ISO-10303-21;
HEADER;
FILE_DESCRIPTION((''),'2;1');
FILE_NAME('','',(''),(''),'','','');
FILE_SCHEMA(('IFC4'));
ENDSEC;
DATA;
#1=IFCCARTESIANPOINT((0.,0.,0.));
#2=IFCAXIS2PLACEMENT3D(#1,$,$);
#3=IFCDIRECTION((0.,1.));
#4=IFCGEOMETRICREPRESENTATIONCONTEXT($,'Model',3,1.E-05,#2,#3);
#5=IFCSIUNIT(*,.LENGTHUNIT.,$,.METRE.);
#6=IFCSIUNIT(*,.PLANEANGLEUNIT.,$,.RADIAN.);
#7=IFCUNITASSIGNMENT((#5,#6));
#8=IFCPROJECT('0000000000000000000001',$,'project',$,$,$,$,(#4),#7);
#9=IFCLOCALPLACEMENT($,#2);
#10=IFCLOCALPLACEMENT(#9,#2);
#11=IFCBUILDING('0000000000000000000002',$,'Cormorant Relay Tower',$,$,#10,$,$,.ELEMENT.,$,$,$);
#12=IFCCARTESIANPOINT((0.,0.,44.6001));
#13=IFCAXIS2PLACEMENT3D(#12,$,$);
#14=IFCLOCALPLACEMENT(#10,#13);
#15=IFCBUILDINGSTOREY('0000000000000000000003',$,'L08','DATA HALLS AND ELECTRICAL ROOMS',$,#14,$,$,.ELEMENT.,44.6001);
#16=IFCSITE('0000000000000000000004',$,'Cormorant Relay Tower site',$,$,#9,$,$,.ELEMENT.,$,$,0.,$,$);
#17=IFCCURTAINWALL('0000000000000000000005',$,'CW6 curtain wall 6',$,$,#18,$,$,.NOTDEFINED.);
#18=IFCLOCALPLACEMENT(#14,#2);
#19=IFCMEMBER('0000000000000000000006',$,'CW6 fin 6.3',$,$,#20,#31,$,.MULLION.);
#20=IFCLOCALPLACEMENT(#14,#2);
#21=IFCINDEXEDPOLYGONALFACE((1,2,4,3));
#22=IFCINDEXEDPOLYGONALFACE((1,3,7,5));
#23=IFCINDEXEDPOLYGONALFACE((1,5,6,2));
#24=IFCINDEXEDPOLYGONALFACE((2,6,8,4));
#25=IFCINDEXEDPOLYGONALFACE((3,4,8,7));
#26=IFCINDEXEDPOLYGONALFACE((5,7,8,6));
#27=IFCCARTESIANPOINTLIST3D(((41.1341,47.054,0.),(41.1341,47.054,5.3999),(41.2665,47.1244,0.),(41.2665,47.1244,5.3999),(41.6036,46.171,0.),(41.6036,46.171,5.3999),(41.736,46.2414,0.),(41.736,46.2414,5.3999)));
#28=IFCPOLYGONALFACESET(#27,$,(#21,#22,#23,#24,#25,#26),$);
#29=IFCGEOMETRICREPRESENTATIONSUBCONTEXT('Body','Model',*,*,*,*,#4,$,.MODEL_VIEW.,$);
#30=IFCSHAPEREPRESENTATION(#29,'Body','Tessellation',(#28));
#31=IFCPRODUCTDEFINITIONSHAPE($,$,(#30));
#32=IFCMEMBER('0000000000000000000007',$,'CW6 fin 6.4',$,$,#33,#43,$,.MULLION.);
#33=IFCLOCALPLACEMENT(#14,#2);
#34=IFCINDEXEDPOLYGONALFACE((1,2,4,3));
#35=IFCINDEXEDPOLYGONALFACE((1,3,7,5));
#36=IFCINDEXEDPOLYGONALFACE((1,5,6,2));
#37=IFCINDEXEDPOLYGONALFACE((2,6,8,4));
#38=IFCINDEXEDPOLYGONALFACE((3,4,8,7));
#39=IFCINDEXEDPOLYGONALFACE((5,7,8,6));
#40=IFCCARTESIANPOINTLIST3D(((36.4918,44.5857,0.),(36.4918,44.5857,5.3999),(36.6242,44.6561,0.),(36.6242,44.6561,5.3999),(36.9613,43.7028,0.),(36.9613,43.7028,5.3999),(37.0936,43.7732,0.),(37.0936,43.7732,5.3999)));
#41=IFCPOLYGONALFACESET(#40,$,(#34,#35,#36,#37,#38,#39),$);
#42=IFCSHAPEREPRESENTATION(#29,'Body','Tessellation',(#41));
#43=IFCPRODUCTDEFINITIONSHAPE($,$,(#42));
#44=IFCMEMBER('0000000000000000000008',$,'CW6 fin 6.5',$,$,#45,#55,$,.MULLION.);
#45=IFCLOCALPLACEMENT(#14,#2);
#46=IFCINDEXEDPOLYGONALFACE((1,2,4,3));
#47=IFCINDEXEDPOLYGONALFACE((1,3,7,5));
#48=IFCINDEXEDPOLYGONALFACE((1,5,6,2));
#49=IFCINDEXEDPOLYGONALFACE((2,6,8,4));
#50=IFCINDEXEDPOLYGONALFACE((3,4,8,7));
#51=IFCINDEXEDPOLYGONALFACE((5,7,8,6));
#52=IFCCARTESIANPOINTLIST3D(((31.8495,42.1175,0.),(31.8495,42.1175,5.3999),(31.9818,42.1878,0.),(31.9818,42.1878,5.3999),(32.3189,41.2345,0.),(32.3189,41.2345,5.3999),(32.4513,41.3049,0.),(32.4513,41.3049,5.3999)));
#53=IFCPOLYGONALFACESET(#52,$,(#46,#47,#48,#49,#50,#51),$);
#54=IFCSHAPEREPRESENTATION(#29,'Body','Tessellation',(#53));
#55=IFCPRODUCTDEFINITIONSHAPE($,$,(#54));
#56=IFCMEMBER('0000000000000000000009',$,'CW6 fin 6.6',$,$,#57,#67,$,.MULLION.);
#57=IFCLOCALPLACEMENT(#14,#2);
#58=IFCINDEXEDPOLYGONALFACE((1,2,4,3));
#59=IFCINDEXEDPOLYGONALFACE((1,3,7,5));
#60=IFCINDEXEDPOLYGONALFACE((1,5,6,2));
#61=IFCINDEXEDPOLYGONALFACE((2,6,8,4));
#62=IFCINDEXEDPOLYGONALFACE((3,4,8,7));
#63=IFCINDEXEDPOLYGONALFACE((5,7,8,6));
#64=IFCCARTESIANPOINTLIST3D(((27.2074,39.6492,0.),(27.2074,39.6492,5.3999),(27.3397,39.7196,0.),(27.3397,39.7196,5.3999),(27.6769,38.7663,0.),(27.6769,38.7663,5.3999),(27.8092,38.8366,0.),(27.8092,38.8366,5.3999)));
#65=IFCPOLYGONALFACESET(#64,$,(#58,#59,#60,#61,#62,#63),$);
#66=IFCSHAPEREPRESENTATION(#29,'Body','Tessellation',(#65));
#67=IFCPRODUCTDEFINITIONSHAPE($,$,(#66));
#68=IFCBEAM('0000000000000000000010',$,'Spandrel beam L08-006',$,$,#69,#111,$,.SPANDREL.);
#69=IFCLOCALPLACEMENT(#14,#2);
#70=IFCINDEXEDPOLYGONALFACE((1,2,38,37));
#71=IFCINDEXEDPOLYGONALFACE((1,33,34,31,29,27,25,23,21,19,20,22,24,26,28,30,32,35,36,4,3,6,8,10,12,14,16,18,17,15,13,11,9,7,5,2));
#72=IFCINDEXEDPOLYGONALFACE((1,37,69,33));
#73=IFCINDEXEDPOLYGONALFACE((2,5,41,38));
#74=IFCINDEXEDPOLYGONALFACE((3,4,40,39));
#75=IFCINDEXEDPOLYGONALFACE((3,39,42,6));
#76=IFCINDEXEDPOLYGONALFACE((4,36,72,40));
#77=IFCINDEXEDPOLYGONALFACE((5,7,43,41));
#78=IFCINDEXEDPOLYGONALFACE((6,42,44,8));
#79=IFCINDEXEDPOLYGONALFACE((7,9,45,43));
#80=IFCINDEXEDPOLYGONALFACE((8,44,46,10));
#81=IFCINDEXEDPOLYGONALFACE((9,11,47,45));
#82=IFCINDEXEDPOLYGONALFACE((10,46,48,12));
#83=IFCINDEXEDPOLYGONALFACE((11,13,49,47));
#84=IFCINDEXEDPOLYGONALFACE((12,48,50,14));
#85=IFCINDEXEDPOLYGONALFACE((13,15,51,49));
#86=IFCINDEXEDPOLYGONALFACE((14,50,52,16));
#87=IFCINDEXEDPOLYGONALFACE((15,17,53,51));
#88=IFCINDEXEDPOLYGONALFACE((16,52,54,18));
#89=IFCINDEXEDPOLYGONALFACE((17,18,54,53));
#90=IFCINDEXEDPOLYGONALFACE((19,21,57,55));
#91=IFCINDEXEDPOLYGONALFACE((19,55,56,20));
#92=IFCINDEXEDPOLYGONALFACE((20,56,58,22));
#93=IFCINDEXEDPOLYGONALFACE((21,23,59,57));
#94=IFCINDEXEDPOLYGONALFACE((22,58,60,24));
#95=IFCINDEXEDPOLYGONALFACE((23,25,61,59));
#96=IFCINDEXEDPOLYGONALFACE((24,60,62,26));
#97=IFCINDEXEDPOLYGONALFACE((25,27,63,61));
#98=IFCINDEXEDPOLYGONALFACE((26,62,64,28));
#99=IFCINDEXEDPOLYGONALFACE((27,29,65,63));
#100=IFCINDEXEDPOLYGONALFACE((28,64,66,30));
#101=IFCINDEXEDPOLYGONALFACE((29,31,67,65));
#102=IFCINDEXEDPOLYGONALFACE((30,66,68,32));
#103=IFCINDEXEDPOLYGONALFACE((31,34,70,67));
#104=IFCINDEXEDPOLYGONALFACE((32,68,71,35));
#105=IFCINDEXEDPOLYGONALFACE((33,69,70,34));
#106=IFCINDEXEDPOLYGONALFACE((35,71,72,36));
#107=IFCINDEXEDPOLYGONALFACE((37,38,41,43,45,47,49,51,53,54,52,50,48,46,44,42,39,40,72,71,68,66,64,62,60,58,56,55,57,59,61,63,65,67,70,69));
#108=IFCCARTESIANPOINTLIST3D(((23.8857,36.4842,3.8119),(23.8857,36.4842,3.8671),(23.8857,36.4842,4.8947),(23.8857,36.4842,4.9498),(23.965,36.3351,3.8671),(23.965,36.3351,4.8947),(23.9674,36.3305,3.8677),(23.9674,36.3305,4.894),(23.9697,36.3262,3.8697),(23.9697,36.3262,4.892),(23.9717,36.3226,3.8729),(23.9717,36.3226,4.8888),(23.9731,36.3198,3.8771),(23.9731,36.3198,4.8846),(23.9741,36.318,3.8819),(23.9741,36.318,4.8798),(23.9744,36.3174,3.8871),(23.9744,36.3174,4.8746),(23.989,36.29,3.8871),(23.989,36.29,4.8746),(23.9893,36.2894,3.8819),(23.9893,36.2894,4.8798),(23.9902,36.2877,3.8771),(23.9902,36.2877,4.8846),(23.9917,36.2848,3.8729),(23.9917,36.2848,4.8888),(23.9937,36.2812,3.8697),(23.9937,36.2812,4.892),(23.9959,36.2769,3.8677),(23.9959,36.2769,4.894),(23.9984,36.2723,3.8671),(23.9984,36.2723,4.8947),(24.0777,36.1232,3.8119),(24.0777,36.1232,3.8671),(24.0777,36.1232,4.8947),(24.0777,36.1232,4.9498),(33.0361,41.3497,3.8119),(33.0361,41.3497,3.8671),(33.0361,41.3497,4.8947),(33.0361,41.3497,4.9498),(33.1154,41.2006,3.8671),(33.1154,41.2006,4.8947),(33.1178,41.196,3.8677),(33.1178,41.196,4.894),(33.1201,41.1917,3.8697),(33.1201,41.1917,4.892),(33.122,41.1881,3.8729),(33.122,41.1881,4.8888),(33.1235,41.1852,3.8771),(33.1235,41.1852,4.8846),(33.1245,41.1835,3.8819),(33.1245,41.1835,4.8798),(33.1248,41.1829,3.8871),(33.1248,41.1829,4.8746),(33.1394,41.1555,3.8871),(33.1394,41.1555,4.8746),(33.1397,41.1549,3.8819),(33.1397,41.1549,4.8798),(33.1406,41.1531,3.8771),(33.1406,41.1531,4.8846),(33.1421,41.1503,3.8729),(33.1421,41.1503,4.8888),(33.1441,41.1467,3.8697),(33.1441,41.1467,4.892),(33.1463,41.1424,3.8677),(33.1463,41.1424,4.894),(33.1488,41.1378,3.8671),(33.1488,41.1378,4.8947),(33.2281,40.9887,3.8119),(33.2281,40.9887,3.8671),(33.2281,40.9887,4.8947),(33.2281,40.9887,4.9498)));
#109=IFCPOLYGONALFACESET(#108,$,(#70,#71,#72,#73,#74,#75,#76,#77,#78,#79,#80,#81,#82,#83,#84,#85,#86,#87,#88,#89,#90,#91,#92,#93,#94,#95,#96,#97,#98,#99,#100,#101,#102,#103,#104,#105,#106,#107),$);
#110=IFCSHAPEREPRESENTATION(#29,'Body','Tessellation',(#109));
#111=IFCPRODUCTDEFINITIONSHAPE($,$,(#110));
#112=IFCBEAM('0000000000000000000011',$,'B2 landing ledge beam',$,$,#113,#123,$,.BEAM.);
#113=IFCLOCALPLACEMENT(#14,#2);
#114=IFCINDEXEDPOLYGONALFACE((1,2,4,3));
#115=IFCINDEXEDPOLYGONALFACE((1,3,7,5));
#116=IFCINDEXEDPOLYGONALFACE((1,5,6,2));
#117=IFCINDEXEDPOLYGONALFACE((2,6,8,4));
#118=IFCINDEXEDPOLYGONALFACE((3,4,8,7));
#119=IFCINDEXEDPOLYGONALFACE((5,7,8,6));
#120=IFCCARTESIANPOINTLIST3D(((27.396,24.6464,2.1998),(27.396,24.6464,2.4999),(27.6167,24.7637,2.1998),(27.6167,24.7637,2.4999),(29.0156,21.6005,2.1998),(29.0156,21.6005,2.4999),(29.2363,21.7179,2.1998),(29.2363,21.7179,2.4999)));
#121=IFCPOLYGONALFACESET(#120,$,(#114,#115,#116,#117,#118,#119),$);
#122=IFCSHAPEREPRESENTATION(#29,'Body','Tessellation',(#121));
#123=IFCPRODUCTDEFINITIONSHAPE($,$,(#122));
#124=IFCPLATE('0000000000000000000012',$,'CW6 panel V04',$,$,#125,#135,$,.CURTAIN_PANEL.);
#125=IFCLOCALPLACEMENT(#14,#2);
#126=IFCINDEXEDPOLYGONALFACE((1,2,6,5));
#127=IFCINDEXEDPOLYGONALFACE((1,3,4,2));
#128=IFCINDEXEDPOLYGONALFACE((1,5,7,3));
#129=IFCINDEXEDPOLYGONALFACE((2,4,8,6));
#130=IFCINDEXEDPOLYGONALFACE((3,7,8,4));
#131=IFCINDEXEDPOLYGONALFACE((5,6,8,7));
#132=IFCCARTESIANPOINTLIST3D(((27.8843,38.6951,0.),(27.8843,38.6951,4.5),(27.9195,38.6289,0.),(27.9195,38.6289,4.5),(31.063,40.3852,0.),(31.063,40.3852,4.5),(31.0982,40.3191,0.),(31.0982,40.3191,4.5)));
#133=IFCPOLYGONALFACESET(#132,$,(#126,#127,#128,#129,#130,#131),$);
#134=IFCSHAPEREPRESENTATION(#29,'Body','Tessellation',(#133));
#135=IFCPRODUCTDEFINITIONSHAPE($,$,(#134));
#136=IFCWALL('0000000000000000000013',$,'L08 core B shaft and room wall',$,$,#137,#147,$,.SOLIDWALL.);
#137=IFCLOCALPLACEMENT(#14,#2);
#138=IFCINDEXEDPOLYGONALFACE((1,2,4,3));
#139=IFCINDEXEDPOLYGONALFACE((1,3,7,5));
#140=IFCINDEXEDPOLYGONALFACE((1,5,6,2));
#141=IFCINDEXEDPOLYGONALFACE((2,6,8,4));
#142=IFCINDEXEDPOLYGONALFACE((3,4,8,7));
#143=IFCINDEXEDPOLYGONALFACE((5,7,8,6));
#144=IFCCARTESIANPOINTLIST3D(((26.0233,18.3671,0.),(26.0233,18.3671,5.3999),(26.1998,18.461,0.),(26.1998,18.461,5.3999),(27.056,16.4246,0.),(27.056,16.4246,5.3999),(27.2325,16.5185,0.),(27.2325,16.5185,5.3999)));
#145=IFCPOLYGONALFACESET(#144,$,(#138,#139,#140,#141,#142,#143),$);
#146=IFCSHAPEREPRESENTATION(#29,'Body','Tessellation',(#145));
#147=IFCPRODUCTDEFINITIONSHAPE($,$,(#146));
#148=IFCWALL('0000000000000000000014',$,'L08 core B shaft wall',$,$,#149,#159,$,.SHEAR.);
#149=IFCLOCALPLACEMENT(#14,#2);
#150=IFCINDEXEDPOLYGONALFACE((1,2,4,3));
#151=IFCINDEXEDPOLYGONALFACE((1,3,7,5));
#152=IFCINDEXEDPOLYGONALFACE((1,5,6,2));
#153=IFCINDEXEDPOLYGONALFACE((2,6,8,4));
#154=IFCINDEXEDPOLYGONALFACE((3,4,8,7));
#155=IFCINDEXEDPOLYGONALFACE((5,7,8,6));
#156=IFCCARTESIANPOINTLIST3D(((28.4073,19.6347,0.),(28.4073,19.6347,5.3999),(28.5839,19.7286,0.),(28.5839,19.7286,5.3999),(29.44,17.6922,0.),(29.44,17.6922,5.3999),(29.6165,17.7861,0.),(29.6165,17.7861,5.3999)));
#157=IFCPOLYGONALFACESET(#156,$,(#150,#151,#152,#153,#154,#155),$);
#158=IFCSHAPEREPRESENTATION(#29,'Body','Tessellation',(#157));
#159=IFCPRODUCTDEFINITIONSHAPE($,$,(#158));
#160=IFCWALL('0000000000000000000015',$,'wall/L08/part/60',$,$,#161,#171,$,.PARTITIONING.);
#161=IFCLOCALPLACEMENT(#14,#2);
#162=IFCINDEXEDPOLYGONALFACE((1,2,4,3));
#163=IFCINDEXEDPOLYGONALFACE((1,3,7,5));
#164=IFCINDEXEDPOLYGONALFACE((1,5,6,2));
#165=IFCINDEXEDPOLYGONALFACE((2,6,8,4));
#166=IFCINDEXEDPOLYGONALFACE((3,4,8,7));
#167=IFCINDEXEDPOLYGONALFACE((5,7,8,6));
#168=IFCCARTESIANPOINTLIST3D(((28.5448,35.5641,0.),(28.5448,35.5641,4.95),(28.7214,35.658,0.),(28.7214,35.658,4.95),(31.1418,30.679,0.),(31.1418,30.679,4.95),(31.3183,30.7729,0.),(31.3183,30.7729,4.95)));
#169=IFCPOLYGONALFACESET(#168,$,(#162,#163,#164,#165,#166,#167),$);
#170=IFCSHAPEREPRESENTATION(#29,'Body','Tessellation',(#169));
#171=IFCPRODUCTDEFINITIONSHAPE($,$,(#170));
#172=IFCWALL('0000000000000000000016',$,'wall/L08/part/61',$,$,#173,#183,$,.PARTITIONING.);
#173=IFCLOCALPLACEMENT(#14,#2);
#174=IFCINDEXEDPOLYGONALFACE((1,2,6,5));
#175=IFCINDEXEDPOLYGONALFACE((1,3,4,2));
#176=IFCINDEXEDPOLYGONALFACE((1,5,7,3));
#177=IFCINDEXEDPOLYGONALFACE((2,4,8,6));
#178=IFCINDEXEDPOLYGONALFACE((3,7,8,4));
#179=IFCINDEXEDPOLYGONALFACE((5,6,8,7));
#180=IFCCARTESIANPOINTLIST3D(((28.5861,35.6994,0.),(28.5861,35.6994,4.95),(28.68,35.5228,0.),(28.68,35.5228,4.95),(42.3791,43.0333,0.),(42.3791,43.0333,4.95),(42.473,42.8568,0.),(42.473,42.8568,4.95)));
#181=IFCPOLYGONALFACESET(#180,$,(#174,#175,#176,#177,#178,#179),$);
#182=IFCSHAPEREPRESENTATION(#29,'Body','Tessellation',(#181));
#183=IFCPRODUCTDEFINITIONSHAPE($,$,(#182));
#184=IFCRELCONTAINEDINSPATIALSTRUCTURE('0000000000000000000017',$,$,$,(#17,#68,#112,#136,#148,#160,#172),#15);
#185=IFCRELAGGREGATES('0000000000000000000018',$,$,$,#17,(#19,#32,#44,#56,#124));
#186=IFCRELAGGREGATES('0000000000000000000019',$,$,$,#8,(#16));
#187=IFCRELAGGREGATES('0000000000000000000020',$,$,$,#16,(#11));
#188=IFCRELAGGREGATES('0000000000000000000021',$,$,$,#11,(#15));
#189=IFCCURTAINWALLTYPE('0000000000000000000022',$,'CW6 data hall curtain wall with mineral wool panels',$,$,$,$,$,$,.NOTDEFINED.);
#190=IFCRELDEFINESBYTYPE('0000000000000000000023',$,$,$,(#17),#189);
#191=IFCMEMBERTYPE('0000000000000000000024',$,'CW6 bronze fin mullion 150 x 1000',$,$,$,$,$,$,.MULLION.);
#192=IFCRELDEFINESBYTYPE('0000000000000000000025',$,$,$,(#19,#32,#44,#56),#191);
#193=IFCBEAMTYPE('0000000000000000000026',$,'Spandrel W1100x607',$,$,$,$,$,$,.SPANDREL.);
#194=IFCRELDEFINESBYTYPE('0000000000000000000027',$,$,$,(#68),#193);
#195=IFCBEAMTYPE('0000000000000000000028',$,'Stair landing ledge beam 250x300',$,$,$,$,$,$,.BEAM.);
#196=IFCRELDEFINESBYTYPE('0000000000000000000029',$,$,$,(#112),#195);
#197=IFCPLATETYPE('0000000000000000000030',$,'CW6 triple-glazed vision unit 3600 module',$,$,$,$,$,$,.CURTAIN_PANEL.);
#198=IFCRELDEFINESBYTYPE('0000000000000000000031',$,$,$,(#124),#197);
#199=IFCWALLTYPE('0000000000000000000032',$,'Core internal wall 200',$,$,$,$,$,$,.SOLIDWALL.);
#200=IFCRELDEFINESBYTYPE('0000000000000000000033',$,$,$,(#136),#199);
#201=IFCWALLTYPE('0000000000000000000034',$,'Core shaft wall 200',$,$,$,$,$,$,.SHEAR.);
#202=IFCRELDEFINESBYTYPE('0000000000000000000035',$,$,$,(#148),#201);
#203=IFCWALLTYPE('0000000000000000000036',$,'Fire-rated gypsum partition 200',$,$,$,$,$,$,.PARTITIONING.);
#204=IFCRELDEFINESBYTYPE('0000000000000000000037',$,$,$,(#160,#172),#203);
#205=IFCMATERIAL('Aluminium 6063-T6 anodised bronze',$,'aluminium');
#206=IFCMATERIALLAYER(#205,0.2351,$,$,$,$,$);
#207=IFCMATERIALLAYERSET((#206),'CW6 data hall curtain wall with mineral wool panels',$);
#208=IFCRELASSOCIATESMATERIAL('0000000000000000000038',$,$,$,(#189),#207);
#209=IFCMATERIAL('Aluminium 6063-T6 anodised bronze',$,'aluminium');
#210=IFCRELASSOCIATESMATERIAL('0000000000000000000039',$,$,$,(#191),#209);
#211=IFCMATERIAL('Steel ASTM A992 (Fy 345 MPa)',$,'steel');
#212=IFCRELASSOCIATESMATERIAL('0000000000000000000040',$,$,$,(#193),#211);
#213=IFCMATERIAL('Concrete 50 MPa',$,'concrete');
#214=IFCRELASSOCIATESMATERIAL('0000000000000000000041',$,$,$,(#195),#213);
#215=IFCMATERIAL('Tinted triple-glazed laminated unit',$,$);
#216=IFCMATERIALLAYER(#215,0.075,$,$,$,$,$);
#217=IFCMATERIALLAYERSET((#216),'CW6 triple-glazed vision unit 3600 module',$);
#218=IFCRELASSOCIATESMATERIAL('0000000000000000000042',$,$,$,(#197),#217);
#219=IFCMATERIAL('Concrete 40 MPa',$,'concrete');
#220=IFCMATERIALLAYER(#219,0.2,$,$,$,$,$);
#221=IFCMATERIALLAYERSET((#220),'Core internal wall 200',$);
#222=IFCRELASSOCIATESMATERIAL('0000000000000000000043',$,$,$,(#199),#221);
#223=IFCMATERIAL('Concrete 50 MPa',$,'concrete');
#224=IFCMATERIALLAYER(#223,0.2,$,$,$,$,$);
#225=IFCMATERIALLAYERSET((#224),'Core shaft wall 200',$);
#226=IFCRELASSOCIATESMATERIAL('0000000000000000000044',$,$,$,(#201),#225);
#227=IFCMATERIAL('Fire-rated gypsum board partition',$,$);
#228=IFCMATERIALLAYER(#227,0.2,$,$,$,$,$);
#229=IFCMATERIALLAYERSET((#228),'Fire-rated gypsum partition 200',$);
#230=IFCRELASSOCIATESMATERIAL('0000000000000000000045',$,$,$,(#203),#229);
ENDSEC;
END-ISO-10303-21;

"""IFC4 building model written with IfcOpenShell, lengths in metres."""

from ifc_helpers import new_model, si_unit, direction, frame, frame_2d, origin, origin_2d, place, context, subcontext, project, spatial, rectangle, i_section, extrude, material, layer, layer_set, material_profile, profile_set, type_object, element, aggregate, save


model = new_model("IFC4")

# Units and contexts
model_context = context("Model", 3, precision=1e-05, world=origin(), true_north=direction((0.0, 1.0)))
body_context = subcontext(model_context, "Body", "Model", "MODEL_VIEW")
ifc_project = project(units=[si_unit("LENGTHUNIT", "METRE"), si_unit("PLANEANGLEUNIT", "RADIAN")], contexts=[model_context])

# Site, building, storey
site_placement = place(None, origin())
site = spatial("IfcSite", under=ifc_project, at=site_placement, Name="Cormorant Relay Tower site", CompositionType="ELEMENT", RefElevation=0.0)
building_placement = place(site_placement, origin())
building = spatial("IfcBuilding", under=site, at=building_placement, Name="Cormorant Relay Tower", CompositionType="ELEMENT")
storey_placement = place(building_placement, frame((0.0, 0.0, 44.6001)))
storey = spatial("IfcBuildingStorey", under=building, at=storey_placement, Name="L08", Description="DATA HALLS AND ELECTRICAL ROOMS", CompositionType="ELEMENT", Elevation=44.6001)

# Curtain wall, members
ifc_material_1 = material(Name="Aluminium 6063-T6 anodised bronze", Category="aluminium")
ifc_layer_1 = layer(ifc_material_1, 0.2351)
ifc_layer_set_1 = layer_set([ifc_layer_1], Name="CW6 data hall curtain wall with mineral wool panels")
curtain_wall_type = type_object("IfcCurtainWallType", Name="CW6 data hall curtain wall with mineral wool panels", PredefinedType="NOTDEFINED", material=ifc_layer_set_1)
curtain_wall_placement = place(storey_placement, origin())
curtain_wall = element("IfcCurtainWall", 1, at=curtain_wall_placement, inside=storey, type_object=curtain_wall_type, Name="CW6 curtain wall 6", PredefinedType="NOTDEFINED")
ifc_material_2 = material(Name="Aluminium 6063-T6 anodised bronze", Category="aluminium")
ifc_material_profile_1 = material_profile(ifc_material_2, rectangle(XDim=0.1499, YDim=1.0, at=origin_2d()), Name="AL 150x1000")
ifc_profile_set_1 = profile_set([ifc_material_profile_1], Name="Aluminium 6063-T6 anodised bronze")
member_type = type_object("IfcMemberType", Name="CW6 bronze fin mullion 150 x 1000", PredefinedType="MULLION", material=ifc_profile_set_1)
member_1_placement = place(storey_placement, frame((41.4351, 46.6477, 0.0), z_axis=(0.0, 0.0, 1.0), x_axis=(-0.882948, -0.469472, 0.0)))
member_1 = element("IfcMember", 2, at=member_1_placement, type_object=member_type, Name="CW6 fin 6.3", PredefinedType="MULLION", context=body_context, shape_type="SweptSolid", body=[
    extrude(rectangle(XDim=0.1499, YDim=1.0, at=origin_2d()), origin(), (0.0, 0.0, 1.0), 5.3999),
])
member_2_placement = place(storey_placement, frame((36.7927, 44.1794, 0.0), z_axis=(0.0, 0.0, 1.0), x_axis=(-0.882948, -0.469472, 0.0)))
member_2 = element("IfcMember", 3, at=member_2_placement, type_object=member_type, Name="CW6 fin 6.4", PredefinedType="MULLION", context=body_context, shape_type="SweptSolid", body=[
    extrude(rectangle(XDim=0.1499, YDim=1.0, at=origin_2d()), origin(), (0.0, 0.0, 1.0), 5.3999),
])
member_3_placement = place(storey_placement, frame((32.1504, 41.7112, 0.0), z_axis=(0.0, 0.0, 1.0), x_axis=(-0.882948, -0.469472, 0.0)))
member_3 = element("IfcMember", 4, at=member_3_placement, type_object=member_type, Name="CW6 fin 6.5", PredefinedType="MULLION", context=body_context, shape_type="SweptSolid", body=[
    extrude(rectangle(XDim=0.1499, YDim=1.0, at=origin_2d()), origin(), (0.0, 0.0, 1.0), 5.3999),
])
member_4_placement = place(storey_placement, frame((27.5083, 39.2429, 0.0), z_axis=(0.0, 0.0, 1.0), x_axis=(-0.882948, -0.469472, 0.0)))
member_4 = element("IfcMember", 5, at=member_4_placement, type_object=member_type, Name="CW6 fin 6.6", PredefinedType="MULLION", context=body_context, shape_type="SweptSolid", body=[
    extrude(rectangle(XDim=0.1499, YDim=1.0, at=origin_2d()), origin(), (0.0, 0.0, 1.0), 5.3999),
])

# Beams
ifc_material_3 = material(Name="Steel ASTM A992 (Fy 345 MPa)", Category="steel")
ifc_material_profile_2 = material_profile(ifc_material_3, i_section(OverallWidth=0.4089, OverallDepth=1.1379, WebThickness=0.031, FlangeThickness=0.0552, FilletRadius=0.02, at=origin_2d()), Name="W1100x607")
ifc_profile_set_2 = profile_set([ifc_material_profile_2], Name="Steel ASTM A992 (Fy 345 MPa)")
beam_type_1 = type_object("IfcBeamType", Name="Spandrel W1100x607", PredefinedType="SPANDREL", material=ifc_profile_set_2)
beam_1_placement = place(storey_placement, frame((33.1321, 41.1692, 4.3809), z_axis=(-0.882942, -0.469481, 0.0), x_axis=(0.469481, -0.882942, 0.0)))
element("IfcBeam", 6, at=beam_1_placement, inside=storey, type_object=beam_type_1, Name="Spandrel beam L08-006", PredefinedType="SPANDREL", context=body_context, shape_type="SweptSolid", body=[
    extrude(i_section(OverallWidth=0.4089, OverallDepth=1.1379, WebThickness=0.031, FlangeThickness=0.0552, FilletRadius=0.02, at=origin_2d()), origin(), (0.0, 0.0, 1.0), 10.3635),
])
ifc_material_4 = material(Name="Concrete 50 MPa", Category="concrete")
ifc_material_profile_3 = material_profile(ifc_material_4, rectangle(XDim=0.25, YDim=0.3, at=origin_2d()), Name="RC 250x300")
ifc_profile_set_3 = profile_set([ifc_material_profile_3], Name="Concrete 50 MPa")
beam_type_2 = type_object("IfcBeamType", Name="Stair landing ledge beam 250x300", PredefinedType="BEAM", material=ifc_profile_set_3)
beam_2_placement = place(storey_placement, frame((29.126, 21.6592, 2.3499), z_axis=(-0.469493, 0.882936, 0.0), x_axis=(-0.882936, -0.469493, 0.0)))
element("IfcBeam", 7, at=beam_2_placement, inside=storey, type_object=beam_type_2, Name="B2 landing ledge beam", PredefinedType="BEAM", context=body_context, shape_type="SweptSolid", body=[
    extrude(rectangle(XDim=0.25, YDim=0.3, at=origin_2d()), origin(), (0.0, 0.0, 1.0), 3.4497),
])

# Plate
ifc_material_5 = material(Name="Tinted triple-glazed laminated unit")
ifc_layer_2 = layer(ifc_material_5, 0.075)
ifc_layer_set_2 = layer_set([ifc_layer_2], Name="CW6 triple-glazed vision unit 3600 module")
plate_type = type_object("IfcPlateType", Name="CW6 triple-glazed vision unit 3600 module", PredefinedType="CURTAIN_PANEL", material=ifc_layer_set_2)
plate_placement = place(storey_placement, frame((29.4912, 39.5071, 0.0), z_axis=(0.0, 0.0, 1.0), x_axis=(-0.882948, -0.469472, 0.0)))
plate = element("IfcPlate", 8, at=plate_placement, type_object=plate_type, Name="CW6 panel V04", PredefinedType="CURTAIN_PANEL", context=body_context, shape_type="SweptSolid", body=[
    extrude(rectangle(XDim=3.6001, YDim=0.075, at=origin_2d()), origin(), (0.0, 0.0, 1.0), 4.5),
])

# Walls
ifc_material_6 = material(Name="Concrete 40 MPa", Category="concrete")
ifc_layer_3 = layer(ifc_material_6, 0.2)
ifc_layer_set_3 = layer_set([ifc_layer_3], Name="Core internal wall 200")
wall_type_1 = type_object("IfcWallType", Name="Core internal wall 200", PredefinedType="SOLIDWALL", material=ifc_layer_set_3)
wall_1_placement = place(storey_placement, frame((27.1443, 16.4714, 0.0), z_axis=(0.0, 0.0, 1.0), x_axis=(-0.469401, 0.882985, 0.0)))
element("IfcWall", 9, at=wall_1_placement, inside=storey, type_object=wall_type_1, Name="L08 core B shaft and room wall", PredefinedType="SOLIDWALL", context=body_context, shape_type="SweptSolid", body=[
    extrude(rectangle(XDim=2.2, YDim=0.2, at=frame_2d((1.1001, 0.0))), origin(), (0.0, 0.0, 1.0), 5.3999),
])
ifc_material_7 = material(Name="Concrete 50 MPa", Category="concrete")
ifc_layer_4 = layer(ifc_material_7, 0.2)
ifc_layer_set_4 = layer_set([ifc_layer_4], Name="Core shaft wall 200")
wall_type_2 = type_object("IfcWallType", Name="Core shaft wall 200", PredefinedType="SHEAR", material=ifc_layer_set_4)
wall_2_placement = place(storey_placement, frame((29.5283, 17.739, 0.0), z_axis=(0.0, 0.0, 1.0), x_axis=(-0.469401, 0.882985, 0.0)))
element("IfcWall", 10, at=wall_2_placement, inside=storey, type_object=wall_type_2, Name="L08 core B shaft wall", PredefinedType="SHEAR", context=body_context, shape_type="SweptSolid", body=[
    extrude(rectangle(XDim=2.2, YDim=0.2, at=frame_2d((1.1001, 0.0))), origin(), (0.0, 0.0, 1.0), 5.3999),
])
ifc_material_8 = material(Name="Fire-rated gypsum board partition")
ifc_layer_5 = layer(ifc_material_8, 0.2)
ifc_layer_set_5 = layer_set([ifc_layer_5], Name="Fire-rated gypsum partition 200")
wall_type_3 = type_object("IfcWallType", Name="Fire-rated gypsum partition 200", PredefinedType="PARTITIONING", material=ifc_layer_set_5)
wall_3_placement = place(storey_placement, frame((31.23, 30.7261, 0.0), z_axis=(0.0, 0.0, 1.0), x_axis=(-0.469404, 0.882984, 0.0)))
element("IfcWall", 11, at=wall_3_placement, inside=storey, type_object=wall_type_3, Name="wall/L08/part/60", PredefinedType="PARTITIONING", context=body_context, shape_type="SweptSolid", body=[
    extrude(rectangle(XDim=5.5325, YDim=0.2, at=frame_2d((2.7661, 0.0))), origin(), (0.0, 0.0, 1.0), 4.95),
])
wall_4_placement = place(storey_placement, frame((28.6331, 35.6111, 0.0), z_axis=(0.0, 0.0, 1.0), x_axis=(0.882944, 0.469478, 0.0)))
element("IfcWall", 12, at=wall_4_placement, inside=storey, type_object=wall_type_3, Name="wall/L08/part/61", PredefinedType="PARTITIONING", context=body_context, shape_type="SweptSolid", body=[
    extrude(rectangle(XDim=15.6216, YDim=0.2, at=frame_2d((7.8108, 0.0))), origin(), (0.0, 0.0, 1.0), 4.95),
])

aggregate(curtain_wall, [member_1, member_2, member_3, member_4, plate])

save(model, "model.ifc")
